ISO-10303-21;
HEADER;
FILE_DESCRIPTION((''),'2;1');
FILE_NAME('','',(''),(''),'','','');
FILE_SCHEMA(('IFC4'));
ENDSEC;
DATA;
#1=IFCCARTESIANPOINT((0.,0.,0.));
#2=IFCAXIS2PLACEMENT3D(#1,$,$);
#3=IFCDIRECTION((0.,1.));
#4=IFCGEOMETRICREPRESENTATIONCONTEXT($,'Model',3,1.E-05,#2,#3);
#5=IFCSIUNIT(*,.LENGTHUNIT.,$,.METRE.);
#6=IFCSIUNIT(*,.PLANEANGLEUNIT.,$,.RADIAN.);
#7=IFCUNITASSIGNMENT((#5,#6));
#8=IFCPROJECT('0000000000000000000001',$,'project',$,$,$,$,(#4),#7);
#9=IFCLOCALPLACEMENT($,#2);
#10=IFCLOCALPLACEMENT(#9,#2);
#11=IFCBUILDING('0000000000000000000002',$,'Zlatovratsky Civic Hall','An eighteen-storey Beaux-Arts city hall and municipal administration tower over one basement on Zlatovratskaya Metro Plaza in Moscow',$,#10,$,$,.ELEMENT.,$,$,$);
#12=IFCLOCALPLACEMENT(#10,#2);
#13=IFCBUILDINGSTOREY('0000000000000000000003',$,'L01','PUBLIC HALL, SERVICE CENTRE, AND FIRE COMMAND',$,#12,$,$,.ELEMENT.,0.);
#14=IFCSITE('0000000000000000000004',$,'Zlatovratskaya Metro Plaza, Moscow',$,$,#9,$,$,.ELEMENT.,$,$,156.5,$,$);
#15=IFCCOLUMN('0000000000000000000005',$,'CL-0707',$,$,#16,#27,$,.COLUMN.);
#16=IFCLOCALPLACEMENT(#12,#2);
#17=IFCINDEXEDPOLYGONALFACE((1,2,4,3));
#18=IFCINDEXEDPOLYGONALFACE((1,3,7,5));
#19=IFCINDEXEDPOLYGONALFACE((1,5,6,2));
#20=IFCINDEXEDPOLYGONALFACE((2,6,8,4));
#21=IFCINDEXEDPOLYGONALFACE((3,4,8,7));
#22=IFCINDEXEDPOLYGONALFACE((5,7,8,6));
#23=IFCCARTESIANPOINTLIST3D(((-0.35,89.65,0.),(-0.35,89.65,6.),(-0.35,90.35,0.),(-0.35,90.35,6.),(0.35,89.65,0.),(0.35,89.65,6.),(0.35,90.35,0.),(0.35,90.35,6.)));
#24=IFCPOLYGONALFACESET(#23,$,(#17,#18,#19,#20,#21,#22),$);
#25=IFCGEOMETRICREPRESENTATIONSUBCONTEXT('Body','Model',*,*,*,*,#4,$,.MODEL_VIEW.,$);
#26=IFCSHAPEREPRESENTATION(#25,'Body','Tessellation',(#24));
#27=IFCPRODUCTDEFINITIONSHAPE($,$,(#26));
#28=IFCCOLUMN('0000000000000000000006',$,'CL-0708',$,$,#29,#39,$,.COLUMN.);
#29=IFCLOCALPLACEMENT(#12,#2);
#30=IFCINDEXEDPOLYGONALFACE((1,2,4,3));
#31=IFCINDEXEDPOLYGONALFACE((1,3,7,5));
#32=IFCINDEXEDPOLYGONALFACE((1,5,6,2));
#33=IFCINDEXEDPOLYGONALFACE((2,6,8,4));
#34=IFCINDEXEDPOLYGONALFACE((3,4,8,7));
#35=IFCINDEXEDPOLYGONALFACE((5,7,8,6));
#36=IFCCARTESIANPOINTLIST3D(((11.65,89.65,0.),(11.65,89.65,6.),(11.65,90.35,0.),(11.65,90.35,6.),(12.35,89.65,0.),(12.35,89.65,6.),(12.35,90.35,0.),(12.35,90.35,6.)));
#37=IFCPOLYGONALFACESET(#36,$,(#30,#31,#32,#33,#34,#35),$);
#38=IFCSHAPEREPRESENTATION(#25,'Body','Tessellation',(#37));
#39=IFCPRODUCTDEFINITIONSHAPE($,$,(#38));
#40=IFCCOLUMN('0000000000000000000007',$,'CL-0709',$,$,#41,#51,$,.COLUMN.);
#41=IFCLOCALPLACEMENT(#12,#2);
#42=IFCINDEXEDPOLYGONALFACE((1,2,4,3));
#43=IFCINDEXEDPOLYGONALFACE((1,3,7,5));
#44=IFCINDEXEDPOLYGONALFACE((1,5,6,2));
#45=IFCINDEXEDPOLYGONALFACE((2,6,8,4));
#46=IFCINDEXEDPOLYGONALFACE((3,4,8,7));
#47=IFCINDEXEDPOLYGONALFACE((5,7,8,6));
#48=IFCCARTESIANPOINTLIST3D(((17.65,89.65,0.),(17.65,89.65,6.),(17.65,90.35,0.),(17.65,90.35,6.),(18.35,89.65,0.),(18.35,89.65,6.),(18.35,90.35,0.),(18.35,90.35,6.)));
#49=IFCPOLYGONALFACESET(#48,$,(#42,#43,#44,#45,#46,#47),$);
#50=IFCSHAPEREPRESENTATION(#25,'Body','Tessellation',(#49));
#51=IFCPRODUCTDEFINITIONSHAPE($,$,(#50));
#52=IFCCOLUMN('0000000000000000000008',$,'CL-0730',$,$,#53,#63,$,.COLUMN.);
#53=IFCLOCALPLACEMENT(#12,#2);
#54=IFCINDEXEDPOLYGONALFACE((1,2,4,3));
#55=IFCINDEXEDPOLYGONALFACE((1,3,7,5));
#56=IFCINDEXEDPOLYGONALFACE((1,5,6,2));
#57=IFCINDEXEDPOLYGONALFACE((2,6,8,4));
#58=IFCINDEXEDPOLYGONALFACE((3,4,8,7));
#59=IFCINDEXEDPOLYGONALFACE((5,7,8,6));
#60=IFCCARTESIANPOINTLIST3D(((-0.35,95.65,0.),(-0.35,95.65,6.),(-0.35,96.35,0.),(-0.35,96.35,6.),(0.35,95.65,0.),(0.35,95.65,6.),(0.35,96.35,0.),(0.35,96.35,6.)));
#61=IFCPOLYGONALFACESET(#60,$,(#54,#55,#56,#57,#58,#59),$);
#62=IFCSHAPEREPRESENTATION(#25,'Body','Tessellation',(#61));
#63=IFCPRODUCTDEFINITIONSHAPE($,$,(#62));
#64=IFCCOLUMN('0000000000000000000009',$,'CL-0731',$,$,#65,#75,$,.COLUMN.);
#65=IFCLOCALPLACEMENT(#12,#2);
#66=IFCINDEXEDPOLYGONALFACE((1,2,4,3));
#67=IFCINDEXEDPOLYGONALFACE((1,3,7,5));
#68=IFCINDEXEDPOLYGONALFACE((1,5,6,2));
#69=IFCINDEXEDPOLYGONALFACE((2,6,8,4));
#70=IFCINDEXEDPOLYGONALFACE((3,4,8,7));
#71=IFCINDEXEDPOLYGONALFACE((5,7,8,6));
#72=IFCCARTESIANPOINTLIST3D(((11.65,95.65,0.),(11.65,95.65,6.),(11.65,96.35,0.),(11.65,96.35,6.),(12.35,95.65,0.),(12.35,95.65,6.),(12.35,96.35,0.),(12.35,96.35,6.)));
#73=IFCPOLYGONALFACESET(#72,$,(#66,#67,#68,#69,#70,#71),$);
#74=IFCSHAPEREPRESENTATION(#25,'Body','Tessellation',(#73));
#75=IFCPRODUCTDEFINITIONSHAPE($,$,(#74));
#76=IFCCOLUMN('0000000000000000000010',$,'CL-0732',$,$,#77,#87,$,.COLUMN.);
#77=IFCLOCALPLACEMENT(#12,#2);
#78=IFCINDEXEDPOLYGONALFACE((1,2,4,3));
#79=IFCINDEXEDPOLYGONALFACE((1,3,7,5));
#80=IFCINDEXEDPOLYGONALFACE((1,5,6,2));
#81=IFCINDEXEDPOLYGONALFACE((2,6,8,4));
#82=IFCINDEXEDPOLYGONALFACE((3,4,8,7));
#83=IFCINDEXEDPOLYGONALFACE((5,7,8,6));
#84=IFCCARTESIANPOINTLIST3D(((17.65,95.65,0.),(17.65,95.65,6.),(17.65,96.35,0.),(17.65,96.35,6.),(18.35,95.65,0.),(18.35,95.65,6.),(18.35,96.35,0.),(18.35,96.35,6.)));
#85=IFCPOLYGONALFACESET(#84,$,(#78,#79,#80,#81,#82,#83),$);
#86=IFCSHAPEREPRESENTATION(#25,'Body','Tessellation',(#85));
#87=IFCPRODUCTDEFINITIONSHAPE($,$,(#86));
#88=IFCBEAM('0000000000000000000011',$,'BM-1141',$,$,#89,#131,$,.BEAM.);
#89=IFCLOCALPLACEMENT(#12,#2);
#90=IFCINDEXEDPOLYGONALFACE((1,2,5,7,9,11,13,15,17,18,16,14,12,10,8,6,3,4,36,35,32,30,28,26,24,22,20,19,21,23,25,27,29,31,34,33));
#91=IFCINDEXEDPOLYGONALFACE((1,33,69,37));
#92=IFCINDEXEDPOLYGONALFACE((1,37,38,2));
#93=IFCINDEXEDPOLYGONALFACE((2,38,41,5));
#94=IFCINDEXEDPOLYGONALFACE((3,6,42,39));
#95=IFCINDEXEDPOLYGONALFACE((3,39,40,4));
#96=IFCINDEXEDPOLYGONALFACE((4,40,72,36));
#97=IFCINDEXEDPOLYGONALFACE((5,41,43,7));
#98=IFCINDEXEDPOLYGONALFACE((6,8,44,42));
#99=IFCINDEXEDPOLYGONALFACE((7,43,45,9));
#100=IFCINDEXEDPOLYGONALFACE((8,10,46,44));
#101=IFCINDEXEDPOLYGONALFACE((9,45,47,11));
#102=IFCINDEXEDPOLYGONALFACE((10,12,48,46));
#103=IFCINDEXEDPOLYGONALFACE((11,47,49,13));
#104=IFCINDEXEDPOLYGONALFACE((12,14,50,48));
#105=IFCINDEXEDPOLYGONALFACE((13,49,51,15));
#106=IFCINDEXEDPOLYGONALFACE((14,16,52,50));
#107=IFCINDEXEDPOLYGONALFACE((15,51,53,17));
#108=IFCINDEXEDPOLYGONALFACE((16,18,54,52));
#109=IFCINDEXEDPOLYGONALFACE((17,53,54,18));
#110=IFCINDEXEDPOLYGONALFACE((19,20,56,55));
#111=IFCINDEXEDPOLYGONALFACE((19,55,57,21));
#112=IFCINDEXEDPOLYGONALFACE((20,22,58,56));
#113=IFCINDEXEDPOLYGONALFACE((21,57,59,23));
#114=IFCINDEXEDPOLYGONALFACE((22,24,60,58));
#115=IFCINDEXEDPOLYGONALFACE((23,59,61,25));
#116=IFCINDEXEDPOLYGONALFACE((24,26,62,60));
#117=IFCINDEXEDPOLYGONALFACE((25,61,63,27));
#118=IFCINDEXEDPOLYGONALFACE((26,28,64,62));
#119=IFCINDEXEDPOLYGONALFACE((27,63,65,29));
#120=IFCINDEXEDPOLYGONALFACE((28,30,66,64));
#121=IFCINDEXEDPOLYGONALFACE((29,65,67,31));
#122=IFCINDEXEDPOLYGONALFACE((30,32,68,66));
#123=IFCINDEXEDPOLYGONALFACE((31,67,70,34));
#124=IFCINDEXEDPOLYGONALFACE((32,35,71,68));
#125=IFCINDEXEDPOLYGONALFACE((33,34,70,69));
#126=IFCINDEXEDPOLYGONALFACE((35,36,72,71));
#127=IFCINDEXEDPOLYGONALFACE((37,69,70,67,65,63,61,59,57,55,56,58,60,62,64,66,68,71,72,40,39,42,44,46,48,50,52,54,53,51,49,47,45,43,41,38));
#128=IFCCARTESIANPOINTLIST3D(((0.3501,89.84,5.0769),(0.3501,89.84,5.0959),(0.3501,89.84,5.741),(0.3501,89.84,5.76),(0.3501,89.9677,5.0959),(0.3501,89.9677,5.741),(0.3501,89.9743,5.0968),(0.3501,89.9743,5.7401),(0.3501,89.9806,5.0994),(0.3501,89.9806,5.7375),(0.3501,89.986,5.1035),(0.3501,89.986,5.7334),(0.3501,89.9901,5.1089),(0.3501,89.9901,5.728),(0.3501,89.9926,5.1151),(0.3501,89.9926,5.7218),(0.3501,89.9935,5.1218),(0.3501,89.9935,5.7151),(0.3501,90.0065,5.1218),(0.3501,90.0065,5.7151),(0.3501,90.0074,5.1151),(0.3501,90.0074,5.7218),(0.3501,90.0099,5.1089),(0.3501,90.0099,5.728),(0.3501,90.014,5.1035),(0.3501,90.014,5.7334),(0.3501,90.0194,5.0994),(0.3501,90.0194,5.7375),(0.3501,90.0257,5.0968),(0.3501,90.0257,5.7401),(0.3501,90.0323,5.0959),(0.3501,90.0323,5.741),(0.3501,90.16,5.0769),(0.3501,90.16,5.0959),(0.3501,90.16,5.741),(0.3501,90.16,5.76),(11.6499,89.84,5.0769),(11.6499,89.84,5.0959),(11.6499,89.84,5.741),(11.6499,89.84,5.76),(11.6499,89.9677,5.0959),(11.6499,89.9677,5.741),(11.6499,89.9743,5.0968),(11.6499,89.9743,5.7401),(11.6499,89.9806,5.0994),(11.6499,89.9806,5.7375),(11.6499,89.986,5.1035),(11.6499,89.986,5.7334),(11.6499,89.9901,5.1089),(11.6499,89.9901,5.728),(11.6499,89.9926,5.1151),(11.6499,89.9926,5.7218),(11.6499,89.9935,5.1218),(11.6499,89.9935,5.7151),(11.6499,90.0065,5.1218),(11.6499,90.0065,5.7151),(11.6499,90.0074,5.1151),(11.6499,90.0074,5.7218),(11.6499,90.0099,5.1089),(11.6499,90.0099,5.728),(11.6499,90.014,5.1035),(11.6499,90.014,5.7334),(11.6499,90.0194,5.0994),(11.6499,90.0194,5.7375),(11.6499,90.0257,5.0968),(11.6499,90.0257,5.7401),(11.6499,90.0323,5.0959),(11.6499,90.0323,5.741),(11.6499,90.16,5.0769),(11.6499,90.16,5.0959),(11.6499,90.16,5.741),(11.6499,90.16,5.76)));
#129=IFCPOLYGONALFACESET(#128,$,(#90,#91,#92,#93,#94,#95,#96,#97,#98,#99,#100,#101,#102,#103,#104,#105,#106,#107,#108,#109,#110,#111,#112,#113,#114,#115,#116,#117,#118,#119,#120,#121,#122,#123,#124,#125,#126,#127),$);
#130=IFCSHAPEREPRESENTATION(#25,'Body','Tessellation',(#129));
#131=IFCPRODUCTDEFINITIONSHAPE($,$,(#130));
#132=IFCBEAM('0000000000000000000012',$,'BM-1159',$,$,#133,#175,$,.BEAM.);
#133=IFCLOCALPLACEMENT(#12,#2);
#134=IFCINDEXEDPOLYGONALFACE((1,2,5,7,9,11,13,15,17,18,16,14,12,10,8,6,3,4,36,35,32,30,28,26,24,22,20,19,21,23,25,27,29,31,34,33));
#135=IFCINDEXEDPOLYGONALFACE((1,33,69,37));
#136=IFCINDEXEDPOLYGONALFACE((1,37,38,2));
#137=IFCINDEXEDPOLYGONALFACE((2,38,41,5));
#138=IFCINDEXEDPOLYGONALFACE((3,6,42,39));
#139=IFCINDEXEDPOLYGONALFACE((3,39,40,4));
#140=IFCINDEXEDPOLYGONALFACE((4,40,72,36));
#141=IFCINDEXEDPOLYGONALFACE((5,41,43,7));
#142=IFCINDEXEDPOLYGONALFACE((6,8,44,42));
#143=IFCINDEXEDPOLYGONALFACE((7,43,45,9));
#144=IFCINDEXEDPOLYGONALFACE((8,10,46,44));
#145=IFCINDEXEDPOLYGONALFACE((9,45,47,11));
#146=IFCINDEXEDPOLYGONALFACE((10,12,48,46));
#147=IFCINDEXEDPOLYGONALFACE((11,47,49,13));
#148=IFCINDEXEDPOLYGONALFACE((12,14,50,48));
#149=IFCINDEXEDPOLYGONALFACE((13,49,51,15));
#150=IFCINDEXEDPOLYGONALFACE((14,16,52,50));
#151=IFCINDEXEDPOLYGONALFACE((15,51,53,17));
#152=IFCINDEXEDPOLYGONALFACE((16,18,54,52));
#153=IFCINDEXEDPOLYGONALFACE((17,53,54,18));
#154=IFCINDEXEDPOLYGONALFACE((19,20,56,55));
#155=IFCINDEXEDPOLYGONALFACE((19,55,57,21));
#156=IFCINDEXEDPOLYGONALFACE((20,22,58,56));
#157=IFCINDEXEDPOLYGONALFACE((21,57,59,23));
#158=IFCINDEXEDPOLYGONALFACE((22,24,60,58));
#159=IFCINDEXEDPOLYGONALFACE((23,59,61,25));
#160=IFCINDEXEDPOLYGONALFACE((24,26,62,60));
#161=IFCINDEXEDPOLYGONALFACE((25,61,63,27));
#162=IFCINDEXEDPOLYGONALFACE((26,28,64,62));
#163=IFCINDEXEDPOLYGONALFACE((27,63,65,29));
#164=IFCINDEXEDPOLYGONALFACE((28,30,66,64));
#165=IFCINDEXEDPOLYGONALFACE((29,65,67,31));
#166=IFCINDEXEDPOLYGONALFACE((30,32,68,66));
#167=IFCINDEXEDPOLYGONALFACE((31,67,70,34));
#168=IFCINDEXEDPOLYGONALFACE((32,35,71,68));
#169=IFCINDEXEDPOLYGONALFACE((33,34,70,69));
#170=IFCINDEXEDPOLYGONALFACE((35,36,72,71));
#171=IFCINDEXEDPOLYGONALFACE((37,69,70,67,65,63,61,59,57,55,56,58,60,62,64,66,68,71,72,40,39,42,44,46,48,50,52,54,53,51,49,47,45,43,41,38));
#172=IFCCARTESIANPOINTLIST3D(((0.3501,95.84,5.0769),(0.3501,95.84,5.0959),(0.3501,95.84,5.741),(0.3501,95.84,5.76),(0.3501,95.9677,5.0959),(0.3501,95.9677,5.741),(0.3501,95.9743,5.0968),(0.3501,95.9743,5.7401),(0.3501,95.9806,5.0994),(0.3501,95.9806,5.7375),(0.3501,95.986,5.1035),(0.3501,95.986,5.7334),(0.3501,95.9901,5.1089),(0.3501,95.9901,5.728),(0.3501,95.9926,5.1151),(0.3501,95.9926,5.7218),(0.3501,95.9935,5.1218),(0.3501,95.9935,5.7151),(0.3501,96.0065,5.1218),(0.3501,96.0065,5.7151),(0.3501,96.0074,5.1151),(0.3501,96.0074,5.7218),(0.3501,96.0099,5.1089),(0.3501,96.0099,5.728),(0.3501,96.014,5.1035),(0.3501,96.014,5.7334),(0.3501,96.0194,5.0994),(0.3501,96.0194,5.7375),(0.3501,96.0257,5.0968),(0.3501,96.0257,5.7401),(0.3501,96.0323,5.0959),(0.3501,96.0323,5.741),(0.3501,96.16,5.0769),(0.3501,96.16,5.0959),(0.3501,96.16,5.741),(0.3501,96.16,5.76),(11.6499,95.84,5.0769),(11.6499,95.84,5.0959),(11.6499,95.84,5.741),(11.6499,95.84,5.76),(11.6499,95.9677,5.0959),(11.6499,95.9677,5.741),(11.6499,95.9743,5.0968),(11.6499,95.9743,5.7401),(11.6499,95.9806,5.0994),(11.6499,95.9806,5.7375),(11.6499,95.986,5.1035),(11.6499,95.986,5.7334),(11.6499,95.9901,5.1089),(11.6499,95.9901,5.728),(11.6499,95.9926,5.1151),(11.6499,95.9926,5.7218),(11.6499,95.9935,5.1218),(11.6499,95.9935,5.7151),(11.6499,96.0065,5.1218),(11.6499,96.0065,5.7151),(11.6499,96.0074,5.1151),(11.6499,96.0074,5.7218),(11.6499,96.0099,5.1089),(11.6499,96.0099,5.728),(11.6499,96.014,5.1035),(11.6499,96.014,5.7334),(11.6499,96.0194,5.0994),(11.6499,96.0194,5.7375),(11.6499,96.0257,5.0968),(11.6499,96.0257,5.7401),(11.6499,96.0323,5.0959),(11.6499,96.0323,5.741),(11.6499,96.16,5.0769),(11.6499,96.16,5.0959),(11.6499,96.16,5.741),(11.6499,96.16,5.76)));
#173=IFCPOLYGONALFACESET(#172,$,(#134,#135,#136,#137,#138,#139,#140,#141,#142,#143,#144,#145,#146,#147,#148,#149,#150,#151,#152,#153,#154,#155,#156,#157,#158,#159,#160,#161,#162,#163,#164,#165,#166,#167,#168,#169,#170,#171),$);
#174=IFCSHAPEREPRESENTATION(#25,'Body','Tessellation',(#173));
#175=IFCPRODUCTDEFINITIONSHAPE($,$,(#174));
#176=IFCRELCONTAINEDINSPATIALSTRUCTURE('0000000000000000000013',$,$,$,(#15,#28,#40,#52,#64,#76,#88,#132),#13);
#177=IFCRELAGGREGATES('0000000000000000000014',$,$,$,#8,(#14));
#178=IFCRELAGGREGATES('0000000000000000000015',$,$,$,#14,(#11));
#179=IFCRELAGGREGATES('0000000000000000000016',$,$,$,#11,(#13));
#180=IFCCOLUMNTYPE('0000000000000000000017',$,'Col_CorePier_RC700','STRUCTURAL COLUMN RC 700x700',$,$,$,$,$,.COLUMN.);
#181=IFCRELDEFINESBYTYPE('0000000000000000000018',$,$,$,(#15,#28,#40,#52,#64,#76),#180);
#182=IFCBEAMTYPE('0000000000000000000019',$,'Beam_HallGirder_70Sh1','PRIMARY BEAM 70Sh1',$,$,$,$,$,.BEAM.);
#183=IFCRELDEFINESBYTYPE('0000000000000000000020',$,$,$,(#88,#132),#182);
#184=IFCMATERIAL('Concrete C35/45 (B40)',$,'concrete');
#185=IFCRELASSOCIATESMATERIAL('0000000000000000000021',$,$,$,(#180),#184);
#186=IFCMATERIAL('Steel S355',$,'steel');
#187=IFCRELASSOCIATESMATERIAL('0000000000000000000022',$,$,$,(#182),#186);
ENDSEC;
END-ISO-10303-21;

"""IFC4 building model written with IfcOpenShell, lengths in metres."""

from ifc_helpers import new_model, si_unit, direction, frame, origin, origin_2d, place, context, subcontext, project, spatial, rectangle, i_section, extrude, material, material_profile, profile_set, type_object, element, save


model = new_model("IFC4")

# Units and contexts
model_context = context("Model", 3, precision=1e-05, world=origin(), true_north=direction((0.0, 1.0)))
body_context = subcontext(model_context, "Body", "Model", "MODEL_VIEW")
ifc_project = project(units=[si_unit("LENGTHUNIT", "METRE"), si_unit("PLANEANGLEUNIT", "RADIAN")], contexts=[model_context])

# Site, building, storey
site_placement = place(None, origin())
site = spatial("IfcSite", under=ifc_project, at=site_placement, Name="Zlatovratskaya Metro Plaza, Moscow", CompositionType="ELEMENT", RefElevation=156.5)
building_placement = place(site_placement, origin())
building = spatial("IfcBuilding", under=site, at=building_placement, Name="Zlatovratsky Civic Hall", Description="An eighteen-storey Beaux-Arts city hall and municipal administration tower over one basement on Zlatovratskaya Metro Plaza in Moscow", CompositionType="ELEMENT")
storey_placement = place(building_placement, origin())
storey = spatial("IfcBuildingStorey", under=building, at=storey_placement, Name="L01", Description="PUBLIC HALL, SERVICE CENTRE, AND FIRE COMMAND", CompositionType="ELEMENT", Elevation=0.0)

# Columns
ifc_material_1 = material(Name="Concrete C35/45 (B40)", Category="concrete")
ifc_material_profile_1 = material_profile(ifc_material_1, rectangle(XDim=0.7, YDim=0.7, at=origin_2d()), Name="RC 700x700")
ifc_profile_set_1 = profile_set([ifc_material_profile_1], Name="Concrete C35/45 (B40)")
column_type = type_object("IfcColumnType", Name="Col_CorePier_RC700", Description="STRUCTURAL COLUMN RC 700x700", PredefinedType="COLUMN", material=ifc_profile_set_1)
for number, where, z_axis, x_axis, name in (
    (1, (0.0, 90.0, 0.0), (0.0, 0.0, 1.0), (1.0, 0.0, 0.0), "CL-0707"),
    (2, (12.0, 90.0, 0.0), (0.0, 0.0, 1.0), (1.0, 0.0, 0.0), "CL-0708"),
    (3, (18.0, 90.0, 0.0), (0.0, 0.0, 1.0), (1.0, 0.0, 0.0), "CL-0709"),
    (4, (0.0, 96.0, 0.0), (0.0, 0.0, 1.0), (1.0, 0.0, 0.0), "CL-0730"),
    (5, (12.0, 96.0, 0.0), (0.0, 0.0, 1.0), (1.0, 0.0, 0.0), "CL-0731"),
    (6, (18.0, 96.0, 0.0), (0.0, 0.0, 1.0), (1.0, 0.0, 0.0), "CL-0732"),
):
    element("IfcColumn", number, at=place(storey_placement, frame(where, z_axis=z_axis, x_axis=x_axis)), inside=storey, type_object=column_type, Name=name, PredefinedType="COLUMN", context=body_context, shape_type="SweptSolid", body=[
        extrude(rectangle(XDim=0.7, YDim=0.7, at=origin_2d()), origin(), (0.0, 0.0, 1.0), 6.0),
    ])

# Beams
ifc_material_2 = material(Name="Steel S355", Category="steel")
ifc_material_profile_2 = material_profile(ifc_material_2, i_section(OverallWidth=0.3201, OverallDepth=0.6831, WebThickness=0.0129, FlangeThickness=0.019, FilletRadius=0.0259, at=origin_2d()), Name="70Sh1")
ifc_profile_set_2 = profile_set([ifc_material_profile_2], Name="Steel S355")
beam_type_1 = type_object("IfcBeamType", Name="Beam_HallGirder_70Sh1", Description="PRIMARY BEAM 70Sh1", PredefinedType="BEAM", material=ifc_profile_set_2)
for number, where, z_axis, x_axis, name in (
    (7, (0.3501, 90.0, 5.4185), (1.0, 0.0, 0.0), (0.0, 1.0, 0.0), "BM-1141"),
    (8, (0.3501, 96.0, 5.4185), (1.0, 0.0, 0.0), (0.0, 1.0, 0.0), "BM-1159"),
):
    element("IfcBeam", number, at=place(storey_placement, frame(where, z_axis=z_axis, x_axis=x_axis)), inside=storey, type_object=beam_type_1, Name=name, PredefinedType="BEAM", context=body_context, shape_type="SweptSolid", body=[
        extrude(i_section(OverallWidth=0.3201, OverallDepth=0.6831, WebThickness=0.0129, FlangeThickness=0.019, FilletRadius=0.0259, at=origin_2d()), origin(), (0.0, 0.0, 1.0), 11.2998),
    ])

save(model, "model.ifc")
